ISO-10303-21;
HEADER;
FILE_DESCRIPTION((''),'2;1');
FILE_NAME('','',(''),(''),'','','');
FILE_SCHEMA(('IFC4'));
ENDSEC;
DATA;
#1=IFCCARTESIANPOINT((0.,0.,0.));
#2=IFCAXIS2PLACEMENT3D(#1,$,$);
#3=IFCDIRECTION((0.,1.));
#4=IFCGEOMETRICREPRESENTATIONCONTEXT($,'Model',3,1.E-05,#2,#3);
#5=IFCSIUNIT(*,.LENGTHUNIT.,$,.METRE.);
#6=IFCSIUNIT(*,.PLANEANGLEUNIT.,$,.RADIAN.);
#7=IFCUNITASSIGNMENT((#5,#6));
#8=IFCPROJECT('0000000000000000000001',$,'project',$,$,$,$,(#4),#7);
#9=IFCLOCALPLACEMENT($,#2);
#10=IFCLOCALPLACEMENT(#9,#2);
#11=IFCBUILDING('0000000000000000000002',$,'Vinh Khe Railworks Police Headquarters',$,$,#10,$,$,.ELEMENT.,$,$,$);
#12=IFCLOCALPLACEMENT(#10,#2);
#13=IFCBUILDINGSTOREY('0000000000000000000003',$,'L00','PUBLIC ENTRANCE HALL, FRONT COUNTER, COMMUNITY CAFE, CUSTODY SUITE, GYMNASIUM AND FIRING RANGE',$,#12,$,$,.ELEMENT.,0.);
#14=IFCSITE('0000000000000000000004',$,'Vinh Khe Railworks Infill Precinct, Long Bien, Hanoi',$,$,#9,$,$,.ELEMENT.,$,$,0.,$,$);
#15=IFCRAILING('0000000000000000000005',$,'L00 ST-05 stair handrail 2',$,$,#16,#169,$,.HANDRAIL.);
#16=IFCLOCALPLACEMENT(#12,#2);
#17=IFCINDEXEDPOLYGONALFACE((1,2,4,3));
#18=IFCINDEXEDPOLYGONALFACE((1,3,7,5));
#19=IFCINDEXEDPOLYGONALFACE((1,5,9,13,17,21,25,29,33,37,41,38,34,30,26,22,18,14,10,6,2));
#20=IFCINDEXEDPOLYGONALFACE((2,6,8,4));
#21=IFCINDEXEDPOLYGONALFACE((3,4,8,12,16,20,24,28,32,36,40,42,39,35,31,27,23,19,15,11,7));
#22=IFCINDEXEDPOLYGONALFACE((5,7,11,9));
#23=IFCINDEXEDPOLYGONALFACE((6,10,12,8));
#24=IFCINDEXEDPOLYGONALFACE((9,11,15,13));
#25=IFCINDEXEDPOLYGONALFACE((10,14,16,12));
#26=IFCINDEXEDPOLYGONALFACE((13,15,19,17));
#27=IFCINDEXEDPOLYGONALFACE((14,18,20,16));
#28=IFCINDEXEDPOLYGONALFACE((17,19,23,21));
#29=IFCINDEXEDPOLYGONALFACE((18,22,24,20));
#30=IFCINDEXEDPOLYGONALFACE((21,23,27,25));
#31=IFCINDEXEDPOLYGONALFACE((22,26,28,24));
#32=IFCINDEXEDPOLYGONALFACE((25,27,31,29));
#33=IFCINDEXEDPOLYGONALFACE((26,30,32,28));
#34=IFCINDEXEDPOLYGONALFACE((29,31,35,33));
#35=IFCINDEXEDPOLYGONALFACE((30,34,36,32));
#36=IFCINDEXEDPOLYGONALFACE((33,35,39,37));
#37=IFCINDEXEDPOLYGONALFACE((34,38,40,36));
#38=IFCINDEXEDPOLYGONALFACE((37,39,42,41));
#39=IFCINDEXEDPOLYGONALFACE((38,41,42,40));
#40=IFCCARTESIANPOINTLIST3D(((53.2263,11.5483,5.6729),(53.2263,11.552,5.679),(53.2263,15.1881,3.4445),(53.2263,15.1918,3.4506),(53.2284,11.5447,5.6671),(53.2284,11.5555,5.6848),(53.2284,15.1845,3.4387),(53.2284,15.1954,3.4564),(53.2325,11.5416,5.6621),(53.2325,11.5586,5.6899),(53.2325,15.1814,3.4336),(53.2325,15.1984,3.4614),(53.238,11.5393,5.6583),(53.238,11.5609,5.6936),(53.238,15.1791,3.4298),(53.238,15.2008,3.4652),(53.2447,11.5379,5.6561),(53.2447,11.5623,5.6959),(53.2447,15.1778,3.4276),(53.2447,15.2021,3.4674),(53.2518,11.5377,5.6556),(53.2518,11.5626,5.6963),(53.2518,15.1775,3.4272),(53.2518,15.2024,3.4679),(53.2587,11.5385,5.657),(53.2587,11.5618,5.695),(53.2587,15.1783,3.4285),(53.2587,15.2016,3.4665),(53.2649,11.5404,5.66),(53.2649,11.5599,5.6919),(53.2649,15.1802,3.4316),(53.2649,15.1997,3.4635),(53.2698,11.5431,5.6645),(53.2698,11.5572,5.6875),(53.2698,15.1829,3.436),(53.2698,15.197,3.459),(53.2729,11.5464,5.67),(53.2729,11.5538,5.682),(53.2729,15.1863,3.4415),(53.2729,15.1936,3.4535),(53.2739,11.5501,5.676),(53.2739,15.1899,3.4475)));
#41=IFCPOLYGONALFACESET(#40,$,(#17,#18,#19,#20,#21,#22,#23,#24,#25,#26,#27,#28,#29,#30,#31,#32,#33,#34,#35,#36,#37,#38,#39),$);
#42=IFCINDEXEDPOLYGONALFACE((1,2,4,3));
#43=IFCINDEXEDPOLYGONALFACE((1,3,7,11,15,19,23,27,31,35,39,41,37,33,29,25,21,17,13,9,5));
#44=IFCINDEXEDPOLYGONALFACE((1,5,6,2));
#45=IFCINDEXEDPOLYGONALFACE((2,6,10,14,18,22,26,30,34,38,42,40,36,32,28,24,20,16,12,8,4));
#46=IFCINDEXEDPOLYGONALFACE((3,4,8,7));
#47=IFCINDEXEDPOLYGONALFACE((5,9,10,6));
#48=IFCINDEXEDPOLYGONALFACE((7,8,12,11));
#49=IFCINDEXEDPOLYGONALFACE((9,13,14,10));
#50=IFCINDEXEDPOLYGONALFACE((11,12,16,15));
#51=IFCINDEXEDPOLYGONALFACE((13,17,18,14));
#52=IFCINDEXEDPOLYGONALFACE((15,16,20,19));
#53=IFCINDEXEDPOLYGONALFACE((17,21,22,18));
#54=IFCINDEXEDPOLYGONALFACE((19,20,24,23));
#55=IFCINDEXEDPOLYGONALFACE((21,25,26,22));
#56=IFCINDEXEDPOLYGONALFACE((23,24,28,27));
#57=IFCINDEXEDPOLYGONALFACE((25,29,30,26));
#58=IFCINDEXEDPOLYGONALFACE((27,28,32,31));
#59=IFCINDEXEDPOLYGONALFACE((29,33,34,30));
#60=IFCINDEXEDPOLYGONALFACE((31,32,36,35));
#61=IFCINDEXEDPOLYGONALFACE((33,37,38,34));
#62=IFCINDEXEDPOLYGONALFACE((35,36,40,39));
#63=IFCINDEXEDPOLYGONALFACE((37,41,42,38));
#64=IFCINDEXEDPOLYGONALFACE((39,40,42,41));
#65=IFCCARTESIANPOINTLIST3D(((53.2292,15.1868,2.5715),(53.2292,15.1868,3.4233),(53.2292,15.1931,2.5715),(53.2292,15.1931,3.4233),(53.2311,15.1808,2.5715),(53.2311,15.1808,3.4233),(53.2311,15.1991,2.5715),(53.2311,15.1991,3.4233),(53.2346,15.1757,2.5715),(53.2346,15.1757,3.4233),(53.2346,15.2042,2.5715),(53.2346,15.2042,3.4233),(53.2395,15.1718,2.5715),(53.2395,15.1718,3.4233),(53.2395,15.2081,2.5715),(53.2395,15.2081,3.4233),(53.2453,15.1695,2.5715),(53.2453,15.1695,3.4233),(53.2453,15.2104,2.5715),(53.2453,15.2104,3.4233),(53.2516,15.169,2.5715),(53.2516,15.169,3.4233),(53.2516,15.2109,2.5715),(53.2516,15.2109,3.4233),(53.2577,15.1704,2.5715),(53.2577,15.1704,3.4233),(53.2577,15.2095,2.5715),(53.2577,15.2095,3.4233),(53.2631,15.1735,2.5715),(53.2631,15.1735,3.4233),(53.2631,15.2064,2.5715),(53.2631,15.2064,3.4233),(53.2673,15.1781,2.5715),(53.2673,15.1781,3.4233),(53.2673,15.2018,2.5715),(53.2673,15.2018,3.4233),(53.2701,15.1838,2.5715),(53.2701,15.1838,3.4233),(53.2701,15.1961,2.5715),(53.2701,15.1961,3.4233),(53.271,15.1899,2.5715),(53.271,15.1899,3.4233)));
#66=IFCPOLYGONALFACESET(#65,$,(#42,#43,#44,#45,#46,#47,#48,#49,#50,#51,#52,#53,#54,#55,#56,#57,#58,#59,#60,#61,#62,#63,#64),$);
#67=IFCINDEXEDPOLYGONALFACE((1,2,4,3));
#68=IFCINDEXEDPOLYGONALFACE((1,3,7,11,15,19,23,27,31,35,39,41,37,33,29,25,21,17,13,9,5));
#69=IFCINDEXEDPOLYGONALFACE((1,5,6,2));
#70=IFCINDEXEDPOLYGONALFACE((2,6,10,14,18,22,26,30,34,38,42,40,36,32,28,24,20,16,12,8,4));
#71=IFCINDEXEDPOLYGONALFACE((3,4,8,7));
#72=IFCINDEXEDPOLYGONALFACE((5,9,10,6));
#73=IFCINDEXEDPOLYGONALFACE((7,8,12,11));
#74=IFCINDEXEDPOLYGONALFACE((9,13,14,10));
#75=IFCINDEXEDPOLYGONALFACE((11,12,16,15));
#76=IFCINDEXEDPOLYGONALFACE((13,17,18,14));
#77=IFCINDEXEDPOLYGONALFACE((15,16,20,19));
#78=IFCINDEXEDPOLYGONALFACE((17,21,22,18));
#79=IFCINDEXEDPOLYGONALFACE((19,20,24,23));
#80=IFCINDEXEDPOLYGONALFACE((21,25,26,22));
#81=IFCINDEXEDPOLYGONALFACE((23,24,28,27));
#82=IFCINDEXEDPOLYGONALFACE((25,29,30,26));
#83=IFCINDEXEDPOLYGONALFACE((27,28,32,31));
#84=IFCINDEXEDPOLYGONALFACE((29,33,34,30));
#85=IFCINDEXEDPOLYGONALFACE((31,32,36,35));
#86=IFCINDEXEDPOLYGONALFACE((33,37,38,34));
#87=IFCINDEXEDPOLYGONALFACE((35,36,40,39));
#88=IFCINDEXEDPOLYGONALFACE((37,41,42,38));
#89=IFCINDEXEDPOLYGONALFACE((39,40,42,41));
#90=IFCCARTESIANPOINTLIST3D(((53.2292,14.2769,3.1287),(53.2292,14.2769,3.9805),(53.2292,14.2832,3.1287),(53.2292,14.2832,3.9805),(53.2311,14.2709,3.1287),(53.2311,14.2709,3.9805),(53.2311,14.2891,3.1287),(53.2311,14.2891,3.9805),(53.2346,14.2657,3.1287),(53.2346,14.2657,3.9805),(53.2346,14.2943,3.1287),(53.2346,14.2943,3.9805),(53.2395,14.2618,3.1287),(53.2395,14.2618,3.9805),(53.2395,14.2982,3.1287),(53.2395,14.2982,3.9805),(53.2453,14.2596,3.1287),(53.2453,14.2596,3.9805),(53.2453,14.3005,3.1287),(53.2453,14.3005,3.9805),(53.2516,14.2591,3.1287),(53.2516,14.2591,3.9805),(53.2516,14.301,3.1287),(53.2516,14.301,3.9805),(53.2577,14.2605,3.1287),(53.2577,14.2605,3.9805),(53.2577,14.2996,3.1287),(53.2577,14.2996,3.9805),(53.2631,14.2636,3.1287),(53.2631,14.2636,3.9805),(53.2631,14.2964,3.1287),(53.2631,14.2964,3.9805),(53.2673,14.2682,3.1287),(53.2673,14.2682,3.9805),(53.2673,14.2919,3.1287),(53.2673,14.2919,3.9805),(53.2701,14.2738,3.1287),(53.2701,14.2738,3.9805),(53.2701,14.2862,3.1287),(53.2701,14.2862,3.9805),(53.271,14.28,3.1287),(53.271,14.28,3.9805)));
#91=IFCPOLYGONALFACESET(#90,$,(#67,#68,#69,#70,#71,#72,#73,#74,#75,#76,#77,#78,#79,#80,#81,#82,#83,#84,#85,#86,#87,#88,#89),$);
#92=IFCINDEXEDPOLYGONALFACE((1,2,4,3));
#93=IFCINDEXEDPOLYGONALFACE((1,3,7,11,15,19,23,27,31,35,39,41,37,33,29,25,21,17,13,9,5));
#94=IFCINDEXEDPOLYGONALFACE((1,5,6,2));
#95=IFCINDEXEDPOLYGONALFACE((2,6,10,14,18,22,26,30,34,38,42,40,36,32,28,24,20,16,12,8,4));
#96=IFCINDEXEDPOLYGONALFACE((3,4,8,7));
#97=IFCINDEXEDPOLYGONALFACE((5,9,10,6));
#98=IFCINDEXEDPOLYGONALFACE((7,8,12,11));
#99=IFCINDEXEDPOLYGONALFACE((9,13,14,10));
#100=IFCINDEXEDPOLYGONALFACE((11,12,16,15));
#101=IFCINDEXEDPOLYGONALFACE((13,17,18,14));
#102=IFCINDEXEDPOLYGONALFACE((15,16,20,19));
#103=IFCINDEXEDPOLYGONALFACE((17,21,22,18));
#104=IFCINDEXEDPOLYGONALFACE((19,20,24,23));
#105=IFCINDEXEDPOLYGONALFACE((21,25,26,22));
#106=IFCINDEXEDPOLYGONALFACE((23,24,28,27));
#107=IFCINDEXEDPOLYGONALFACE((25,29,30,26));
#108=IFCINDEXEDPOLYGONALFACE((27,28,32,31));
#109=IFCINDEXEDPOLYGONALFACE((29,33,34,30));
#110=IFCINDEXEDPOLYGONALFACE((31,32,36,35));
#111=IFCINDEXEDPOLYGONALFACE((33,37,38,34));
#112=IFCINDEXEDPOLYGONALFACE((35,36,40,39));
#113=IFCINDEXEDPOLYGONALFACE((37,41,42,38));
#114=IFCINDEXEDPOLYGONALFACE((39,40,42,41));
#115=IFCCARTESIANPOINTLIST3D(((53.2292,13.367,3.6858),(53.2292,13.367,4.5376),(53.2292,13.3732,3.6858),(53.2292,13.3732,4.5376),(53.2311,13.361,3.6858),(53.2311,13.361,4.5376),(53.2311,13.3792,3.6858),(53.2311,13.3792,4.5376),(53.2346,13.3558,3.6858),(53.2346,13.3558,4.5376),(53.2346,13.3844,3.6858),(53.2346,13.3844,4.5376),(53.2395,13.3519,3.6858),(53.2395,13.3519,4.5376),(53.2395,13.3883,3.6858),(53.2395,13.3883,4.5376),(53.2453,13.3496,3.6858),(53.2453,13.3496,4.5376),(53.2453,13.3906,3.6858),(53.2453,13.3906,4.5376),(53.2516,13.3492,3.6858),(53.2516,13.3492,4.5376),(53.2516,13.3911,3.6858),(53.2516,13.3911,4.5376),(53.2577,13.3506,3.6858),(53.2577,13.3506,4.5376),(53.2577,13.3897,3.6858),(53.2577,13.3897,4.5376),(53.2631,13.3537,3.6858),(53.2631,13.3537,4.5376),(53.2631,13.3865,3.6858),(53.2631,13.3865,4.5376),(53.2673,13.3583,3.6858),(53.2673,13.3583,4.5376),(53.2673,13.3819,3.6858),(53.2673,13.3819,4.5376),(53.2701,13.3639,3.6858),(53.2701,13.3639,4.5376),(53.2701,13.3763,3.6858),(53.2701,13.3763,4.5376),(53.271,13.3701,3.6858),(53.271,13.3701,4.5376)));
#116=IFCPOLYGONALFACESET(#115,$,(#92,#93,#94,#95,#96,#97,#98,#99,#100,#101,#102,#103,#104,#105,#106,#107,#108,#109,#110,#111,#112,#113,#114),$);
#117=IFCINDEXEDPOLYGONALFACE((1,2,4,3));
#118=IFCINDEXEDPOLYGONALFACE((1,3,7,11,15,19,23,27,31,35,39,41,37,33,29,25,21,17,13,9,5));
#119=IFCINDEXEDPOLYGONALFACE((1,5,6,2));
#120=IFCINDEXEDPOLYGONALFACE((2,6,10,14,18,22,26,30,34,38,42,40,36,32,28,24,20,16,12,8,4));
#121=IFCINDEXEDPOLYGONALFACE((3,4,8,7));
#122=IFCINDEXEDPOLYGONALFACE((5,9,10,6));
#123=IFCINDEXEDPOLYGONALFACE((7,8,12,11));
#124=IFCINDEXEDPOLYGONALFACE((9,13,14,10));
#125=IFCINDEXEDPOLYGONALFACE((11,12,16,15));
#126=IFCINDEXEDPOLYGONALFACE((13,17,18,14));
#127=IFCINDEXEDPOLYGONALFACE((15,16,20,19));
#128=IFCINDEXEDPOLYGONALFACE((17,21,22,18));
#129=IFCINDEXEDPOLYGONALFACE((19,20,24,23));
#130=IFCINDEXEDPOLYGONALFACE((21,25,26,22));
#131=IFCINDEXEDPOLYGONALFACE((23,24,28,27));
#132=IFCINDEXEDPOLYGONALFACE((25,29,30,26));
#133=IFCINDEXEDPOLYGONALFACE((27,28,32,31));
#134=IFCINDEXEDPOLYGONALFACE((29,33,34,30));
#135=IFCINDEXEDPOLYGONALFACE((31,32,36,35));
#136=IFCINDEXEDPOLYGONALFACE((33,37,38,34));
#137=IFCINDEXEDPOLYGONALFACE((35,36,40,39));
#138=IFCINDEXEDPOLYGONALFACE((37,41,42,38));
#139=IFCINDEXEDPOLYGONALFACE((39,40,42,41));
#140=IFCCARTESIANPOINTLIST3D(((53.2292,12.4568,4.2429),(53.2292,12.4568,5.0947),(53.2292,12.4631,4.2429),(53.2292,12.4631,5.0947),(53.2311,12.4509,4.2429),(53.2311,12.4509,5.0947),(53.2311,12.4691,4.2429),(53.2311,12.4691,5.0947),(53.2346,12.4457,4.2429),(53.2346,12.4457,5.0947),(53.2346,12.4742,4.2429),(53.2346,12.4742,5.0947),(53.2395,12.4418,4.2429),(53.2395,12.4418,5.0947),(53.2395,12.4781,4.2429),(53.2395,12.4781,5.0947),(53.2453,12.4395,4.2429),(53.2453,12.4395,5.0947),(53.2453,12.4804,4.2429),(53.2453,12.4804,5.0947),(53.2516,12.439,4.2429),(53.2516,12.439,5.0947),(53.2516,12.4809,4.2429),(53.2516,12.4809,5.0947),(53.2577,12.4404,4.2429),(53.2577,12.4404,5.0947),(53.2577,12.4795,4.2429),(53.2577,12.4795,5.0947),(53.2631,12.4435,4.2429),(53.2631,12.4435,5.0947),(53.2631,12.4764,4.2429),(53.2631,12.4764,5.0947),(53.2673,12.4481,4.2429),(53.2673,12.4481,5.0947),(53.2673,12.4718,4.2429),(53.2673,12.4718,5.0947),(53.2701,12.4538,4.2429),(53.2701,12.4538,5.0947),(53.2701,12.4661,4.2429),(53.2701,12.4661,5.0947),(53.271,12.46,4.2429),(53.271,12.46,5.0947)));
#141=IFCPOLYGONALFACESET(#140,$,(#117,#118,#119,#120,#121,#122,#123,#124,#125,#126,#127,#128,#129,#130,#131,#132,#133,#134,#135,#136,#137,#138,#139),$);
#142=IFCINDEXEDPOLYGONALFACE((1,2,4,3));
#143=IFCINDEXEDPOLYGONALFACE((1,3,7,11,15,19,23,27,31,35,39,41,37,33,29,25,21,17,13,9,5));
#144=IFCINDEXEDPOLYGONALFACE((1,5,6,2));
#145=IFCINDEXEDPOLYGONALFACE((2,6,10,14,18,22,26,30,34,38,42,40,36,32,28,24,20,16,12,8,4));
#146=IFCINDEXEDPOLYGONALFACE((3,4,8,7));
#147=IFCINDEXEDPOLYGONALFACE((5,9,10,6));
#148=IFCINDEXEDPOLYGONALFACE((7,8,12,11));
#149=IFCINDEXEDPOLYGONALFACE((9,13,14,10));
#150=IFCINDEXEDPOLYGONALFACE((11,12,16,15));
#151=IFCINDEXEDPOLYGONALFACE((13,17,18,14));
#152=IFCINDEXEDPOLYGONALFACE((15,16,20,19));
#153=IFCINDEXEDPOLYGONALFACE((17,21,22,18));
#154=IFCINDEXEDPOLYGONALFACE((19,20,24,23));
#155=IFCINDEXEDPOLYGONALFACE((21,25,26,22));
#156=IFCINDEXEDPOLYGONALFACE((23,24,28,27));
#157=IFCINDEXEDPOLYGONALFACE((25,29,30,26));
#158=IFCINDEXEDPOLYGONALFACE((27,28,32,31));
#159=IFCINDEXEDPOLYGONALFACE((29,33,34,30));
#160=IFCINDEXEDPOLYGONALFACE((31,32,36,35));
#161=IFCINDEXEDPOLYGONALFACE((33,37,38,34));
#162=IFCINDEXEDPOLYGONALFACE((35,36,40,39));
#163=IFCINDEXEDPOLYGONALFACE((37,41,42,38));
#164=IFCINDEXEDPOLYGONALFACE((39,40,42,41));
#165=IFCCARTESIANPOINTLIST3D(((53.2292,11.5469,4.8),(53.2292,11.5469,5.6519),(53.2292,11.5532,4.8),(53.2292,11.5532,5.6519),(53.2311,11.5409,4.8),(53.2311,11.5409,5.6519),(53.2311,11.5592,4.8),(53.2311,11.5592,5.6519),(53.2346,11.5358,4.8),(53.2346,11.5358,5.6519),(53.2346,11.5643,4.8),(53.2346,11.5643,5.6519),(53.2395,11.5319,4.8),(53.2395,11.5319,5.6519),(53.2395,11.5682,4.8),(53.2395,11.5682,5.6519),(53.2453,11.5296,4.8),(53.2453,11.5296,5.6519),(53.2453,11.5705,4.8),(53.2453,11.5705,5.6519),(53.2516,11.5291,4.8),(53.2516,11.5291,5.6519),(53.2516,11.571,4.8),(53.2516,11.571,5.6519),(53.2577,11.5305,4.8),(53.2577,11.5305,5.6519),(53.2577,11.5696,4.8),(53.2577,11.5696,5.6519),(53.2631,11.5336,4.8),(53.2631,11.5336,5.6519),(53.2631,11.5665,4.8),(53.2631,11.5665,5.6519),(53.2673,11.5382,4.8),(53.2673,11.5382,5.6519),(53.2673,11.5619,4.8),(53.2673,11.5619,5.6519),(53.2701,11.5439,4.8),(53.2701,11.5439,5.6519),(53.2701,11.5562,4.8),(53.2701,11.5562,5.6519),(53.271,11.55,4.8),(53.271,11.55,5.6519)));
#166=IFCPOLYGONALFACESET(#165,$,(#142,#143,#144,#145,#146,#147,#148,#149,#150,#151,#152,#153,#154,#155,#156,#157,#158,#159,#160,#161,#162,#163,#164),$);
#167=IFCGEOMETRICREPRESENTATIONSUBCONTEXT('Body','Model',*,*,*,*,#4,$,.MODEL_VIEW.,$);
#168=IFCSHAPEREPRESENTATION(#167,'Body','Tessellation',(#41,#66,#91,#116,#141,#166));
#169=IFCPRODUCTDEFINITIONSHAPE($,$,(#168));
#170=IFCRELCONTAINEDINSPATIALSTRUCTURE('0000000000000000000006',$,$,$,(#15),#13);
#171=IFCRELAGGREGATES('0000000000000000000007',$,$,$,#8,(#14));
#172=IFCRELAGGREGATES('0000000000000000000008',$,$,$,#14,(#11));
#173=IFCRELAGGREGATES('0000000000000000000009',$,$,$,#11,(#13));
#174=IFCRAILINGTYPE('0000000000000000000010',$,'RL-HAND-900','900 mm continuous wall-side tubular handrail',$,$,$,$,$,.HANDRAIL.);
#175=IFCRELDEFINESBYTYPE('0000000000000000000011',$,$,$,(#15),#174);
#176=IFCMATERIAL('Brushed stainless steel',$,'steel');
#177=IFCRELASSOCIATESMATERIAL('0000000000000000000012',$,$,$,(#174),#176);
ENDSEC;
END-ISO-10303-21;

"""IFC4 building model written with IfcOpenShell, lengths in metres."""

from ifc_helpers import new_model, si_unit, direction, frame, origin, origin_2d, place, context, subcontext, project, spatial, circle, extrude, material, type_object, element, save


model = new_model("IFC4")

# Units and contexts
model_context = context("Model", 3, precision=1e-05, world=origin(), true_north=direction((0.0, 1.0)))
body_context = subcontext(model_context, "Body", "Model", "MODEL_VIEW")
ifc_project = project(units=[si_unit("LENGTHUNIT", "METRE"), si_unit("PLANEANGLEUNIT", "RADIAN")], contexts=[model_context])

# Site, building, storey
site_placement = place(None, origin())
site = spatial("IfcSite", under=ifc_project, at=site_placement, Name="Vinh Khe Railworks Infill Precinct, Long Bien, Hanoi", CompositionType="ELEMENT", RefElevation=0.0)
building_placement = place(site_placement, origin())
building = spatial("IfcBuilding", under=site, at=building_placement, Name="Vinh Khe Railworks Police Headquarters", CompositionType="ELEMENT")
storey_placement = place(building_placement, origin())
storey = spatial("IfcBuildingStorey", under=building, at=storey_placement, Name="L00", Description="PUBLIC ENTRANCE HALL, FRONT COUNTER, COMMUNITY CAFE, CUSTODY SUITE, GYMNASIUM AND FIRING RANGE", CompositionType="ELEMENT", Elevation=0.0)

# Railing
ifc_material_1 = material(Name="Brushed stainless steel", Category="steel")
railing_type_1 = type_object("IfcRailingType", Name="RL-HAND-900", Description="900 mm continuous wall-side tubular handrail", PredefinedType="HANDRAIL", material=ifc_material_1)
railing_1_placement = place(storey_placement, frame((53.25, 15.1899, 2.5715)))
element("IfcRailing", 1, at=railing_1_placement, inside=storey, type_object=railing_type_1, Name="L00 ST-05 stair handrail 2", PredefinedType="HANDRAIL", context=body_context, shape_type="SweptSolid", body=[
    extrude(circle(Radius=0.0239, at=origin_2d()), frame((0.0, 0.0, 0.876), z_axis=(0.0, -0.85285, 0.522156), x_axis=(1.0, 0.0, 0.0)), (0.0, 0.0, 1.0), 4.2678),
    extrude(circle(Radius=0.021, at=origin_2d()), origin(), (0.0, 0.0, 1.0), 0.8518),
    extrude(circle(Radius=0.021, at=origin_2d()), frame((0.0, -0.9099, 0.5571)), (0.0, 0.0, 1.0), 0.8518),
    extrude(circle(Radius=0.021, at=origin_2d()), frame((0.0, -1.8198, 1.1143)), (0.0, 0.0, 1.0), 0.8518),
    extrude(circle(Radius=0.021, at=origin_2d()), frame((0.0, -2.73, 1.6714)), (0.0, 0.0, 1.0), 0.8518),
    extrude(circle(Radius=0.021, at=origin_2d()), frame((0.0, -3.6399, 2.2285)), (0.0, 0.0, 1.0), 0.8518),
])

save(model, "model.ifc")
